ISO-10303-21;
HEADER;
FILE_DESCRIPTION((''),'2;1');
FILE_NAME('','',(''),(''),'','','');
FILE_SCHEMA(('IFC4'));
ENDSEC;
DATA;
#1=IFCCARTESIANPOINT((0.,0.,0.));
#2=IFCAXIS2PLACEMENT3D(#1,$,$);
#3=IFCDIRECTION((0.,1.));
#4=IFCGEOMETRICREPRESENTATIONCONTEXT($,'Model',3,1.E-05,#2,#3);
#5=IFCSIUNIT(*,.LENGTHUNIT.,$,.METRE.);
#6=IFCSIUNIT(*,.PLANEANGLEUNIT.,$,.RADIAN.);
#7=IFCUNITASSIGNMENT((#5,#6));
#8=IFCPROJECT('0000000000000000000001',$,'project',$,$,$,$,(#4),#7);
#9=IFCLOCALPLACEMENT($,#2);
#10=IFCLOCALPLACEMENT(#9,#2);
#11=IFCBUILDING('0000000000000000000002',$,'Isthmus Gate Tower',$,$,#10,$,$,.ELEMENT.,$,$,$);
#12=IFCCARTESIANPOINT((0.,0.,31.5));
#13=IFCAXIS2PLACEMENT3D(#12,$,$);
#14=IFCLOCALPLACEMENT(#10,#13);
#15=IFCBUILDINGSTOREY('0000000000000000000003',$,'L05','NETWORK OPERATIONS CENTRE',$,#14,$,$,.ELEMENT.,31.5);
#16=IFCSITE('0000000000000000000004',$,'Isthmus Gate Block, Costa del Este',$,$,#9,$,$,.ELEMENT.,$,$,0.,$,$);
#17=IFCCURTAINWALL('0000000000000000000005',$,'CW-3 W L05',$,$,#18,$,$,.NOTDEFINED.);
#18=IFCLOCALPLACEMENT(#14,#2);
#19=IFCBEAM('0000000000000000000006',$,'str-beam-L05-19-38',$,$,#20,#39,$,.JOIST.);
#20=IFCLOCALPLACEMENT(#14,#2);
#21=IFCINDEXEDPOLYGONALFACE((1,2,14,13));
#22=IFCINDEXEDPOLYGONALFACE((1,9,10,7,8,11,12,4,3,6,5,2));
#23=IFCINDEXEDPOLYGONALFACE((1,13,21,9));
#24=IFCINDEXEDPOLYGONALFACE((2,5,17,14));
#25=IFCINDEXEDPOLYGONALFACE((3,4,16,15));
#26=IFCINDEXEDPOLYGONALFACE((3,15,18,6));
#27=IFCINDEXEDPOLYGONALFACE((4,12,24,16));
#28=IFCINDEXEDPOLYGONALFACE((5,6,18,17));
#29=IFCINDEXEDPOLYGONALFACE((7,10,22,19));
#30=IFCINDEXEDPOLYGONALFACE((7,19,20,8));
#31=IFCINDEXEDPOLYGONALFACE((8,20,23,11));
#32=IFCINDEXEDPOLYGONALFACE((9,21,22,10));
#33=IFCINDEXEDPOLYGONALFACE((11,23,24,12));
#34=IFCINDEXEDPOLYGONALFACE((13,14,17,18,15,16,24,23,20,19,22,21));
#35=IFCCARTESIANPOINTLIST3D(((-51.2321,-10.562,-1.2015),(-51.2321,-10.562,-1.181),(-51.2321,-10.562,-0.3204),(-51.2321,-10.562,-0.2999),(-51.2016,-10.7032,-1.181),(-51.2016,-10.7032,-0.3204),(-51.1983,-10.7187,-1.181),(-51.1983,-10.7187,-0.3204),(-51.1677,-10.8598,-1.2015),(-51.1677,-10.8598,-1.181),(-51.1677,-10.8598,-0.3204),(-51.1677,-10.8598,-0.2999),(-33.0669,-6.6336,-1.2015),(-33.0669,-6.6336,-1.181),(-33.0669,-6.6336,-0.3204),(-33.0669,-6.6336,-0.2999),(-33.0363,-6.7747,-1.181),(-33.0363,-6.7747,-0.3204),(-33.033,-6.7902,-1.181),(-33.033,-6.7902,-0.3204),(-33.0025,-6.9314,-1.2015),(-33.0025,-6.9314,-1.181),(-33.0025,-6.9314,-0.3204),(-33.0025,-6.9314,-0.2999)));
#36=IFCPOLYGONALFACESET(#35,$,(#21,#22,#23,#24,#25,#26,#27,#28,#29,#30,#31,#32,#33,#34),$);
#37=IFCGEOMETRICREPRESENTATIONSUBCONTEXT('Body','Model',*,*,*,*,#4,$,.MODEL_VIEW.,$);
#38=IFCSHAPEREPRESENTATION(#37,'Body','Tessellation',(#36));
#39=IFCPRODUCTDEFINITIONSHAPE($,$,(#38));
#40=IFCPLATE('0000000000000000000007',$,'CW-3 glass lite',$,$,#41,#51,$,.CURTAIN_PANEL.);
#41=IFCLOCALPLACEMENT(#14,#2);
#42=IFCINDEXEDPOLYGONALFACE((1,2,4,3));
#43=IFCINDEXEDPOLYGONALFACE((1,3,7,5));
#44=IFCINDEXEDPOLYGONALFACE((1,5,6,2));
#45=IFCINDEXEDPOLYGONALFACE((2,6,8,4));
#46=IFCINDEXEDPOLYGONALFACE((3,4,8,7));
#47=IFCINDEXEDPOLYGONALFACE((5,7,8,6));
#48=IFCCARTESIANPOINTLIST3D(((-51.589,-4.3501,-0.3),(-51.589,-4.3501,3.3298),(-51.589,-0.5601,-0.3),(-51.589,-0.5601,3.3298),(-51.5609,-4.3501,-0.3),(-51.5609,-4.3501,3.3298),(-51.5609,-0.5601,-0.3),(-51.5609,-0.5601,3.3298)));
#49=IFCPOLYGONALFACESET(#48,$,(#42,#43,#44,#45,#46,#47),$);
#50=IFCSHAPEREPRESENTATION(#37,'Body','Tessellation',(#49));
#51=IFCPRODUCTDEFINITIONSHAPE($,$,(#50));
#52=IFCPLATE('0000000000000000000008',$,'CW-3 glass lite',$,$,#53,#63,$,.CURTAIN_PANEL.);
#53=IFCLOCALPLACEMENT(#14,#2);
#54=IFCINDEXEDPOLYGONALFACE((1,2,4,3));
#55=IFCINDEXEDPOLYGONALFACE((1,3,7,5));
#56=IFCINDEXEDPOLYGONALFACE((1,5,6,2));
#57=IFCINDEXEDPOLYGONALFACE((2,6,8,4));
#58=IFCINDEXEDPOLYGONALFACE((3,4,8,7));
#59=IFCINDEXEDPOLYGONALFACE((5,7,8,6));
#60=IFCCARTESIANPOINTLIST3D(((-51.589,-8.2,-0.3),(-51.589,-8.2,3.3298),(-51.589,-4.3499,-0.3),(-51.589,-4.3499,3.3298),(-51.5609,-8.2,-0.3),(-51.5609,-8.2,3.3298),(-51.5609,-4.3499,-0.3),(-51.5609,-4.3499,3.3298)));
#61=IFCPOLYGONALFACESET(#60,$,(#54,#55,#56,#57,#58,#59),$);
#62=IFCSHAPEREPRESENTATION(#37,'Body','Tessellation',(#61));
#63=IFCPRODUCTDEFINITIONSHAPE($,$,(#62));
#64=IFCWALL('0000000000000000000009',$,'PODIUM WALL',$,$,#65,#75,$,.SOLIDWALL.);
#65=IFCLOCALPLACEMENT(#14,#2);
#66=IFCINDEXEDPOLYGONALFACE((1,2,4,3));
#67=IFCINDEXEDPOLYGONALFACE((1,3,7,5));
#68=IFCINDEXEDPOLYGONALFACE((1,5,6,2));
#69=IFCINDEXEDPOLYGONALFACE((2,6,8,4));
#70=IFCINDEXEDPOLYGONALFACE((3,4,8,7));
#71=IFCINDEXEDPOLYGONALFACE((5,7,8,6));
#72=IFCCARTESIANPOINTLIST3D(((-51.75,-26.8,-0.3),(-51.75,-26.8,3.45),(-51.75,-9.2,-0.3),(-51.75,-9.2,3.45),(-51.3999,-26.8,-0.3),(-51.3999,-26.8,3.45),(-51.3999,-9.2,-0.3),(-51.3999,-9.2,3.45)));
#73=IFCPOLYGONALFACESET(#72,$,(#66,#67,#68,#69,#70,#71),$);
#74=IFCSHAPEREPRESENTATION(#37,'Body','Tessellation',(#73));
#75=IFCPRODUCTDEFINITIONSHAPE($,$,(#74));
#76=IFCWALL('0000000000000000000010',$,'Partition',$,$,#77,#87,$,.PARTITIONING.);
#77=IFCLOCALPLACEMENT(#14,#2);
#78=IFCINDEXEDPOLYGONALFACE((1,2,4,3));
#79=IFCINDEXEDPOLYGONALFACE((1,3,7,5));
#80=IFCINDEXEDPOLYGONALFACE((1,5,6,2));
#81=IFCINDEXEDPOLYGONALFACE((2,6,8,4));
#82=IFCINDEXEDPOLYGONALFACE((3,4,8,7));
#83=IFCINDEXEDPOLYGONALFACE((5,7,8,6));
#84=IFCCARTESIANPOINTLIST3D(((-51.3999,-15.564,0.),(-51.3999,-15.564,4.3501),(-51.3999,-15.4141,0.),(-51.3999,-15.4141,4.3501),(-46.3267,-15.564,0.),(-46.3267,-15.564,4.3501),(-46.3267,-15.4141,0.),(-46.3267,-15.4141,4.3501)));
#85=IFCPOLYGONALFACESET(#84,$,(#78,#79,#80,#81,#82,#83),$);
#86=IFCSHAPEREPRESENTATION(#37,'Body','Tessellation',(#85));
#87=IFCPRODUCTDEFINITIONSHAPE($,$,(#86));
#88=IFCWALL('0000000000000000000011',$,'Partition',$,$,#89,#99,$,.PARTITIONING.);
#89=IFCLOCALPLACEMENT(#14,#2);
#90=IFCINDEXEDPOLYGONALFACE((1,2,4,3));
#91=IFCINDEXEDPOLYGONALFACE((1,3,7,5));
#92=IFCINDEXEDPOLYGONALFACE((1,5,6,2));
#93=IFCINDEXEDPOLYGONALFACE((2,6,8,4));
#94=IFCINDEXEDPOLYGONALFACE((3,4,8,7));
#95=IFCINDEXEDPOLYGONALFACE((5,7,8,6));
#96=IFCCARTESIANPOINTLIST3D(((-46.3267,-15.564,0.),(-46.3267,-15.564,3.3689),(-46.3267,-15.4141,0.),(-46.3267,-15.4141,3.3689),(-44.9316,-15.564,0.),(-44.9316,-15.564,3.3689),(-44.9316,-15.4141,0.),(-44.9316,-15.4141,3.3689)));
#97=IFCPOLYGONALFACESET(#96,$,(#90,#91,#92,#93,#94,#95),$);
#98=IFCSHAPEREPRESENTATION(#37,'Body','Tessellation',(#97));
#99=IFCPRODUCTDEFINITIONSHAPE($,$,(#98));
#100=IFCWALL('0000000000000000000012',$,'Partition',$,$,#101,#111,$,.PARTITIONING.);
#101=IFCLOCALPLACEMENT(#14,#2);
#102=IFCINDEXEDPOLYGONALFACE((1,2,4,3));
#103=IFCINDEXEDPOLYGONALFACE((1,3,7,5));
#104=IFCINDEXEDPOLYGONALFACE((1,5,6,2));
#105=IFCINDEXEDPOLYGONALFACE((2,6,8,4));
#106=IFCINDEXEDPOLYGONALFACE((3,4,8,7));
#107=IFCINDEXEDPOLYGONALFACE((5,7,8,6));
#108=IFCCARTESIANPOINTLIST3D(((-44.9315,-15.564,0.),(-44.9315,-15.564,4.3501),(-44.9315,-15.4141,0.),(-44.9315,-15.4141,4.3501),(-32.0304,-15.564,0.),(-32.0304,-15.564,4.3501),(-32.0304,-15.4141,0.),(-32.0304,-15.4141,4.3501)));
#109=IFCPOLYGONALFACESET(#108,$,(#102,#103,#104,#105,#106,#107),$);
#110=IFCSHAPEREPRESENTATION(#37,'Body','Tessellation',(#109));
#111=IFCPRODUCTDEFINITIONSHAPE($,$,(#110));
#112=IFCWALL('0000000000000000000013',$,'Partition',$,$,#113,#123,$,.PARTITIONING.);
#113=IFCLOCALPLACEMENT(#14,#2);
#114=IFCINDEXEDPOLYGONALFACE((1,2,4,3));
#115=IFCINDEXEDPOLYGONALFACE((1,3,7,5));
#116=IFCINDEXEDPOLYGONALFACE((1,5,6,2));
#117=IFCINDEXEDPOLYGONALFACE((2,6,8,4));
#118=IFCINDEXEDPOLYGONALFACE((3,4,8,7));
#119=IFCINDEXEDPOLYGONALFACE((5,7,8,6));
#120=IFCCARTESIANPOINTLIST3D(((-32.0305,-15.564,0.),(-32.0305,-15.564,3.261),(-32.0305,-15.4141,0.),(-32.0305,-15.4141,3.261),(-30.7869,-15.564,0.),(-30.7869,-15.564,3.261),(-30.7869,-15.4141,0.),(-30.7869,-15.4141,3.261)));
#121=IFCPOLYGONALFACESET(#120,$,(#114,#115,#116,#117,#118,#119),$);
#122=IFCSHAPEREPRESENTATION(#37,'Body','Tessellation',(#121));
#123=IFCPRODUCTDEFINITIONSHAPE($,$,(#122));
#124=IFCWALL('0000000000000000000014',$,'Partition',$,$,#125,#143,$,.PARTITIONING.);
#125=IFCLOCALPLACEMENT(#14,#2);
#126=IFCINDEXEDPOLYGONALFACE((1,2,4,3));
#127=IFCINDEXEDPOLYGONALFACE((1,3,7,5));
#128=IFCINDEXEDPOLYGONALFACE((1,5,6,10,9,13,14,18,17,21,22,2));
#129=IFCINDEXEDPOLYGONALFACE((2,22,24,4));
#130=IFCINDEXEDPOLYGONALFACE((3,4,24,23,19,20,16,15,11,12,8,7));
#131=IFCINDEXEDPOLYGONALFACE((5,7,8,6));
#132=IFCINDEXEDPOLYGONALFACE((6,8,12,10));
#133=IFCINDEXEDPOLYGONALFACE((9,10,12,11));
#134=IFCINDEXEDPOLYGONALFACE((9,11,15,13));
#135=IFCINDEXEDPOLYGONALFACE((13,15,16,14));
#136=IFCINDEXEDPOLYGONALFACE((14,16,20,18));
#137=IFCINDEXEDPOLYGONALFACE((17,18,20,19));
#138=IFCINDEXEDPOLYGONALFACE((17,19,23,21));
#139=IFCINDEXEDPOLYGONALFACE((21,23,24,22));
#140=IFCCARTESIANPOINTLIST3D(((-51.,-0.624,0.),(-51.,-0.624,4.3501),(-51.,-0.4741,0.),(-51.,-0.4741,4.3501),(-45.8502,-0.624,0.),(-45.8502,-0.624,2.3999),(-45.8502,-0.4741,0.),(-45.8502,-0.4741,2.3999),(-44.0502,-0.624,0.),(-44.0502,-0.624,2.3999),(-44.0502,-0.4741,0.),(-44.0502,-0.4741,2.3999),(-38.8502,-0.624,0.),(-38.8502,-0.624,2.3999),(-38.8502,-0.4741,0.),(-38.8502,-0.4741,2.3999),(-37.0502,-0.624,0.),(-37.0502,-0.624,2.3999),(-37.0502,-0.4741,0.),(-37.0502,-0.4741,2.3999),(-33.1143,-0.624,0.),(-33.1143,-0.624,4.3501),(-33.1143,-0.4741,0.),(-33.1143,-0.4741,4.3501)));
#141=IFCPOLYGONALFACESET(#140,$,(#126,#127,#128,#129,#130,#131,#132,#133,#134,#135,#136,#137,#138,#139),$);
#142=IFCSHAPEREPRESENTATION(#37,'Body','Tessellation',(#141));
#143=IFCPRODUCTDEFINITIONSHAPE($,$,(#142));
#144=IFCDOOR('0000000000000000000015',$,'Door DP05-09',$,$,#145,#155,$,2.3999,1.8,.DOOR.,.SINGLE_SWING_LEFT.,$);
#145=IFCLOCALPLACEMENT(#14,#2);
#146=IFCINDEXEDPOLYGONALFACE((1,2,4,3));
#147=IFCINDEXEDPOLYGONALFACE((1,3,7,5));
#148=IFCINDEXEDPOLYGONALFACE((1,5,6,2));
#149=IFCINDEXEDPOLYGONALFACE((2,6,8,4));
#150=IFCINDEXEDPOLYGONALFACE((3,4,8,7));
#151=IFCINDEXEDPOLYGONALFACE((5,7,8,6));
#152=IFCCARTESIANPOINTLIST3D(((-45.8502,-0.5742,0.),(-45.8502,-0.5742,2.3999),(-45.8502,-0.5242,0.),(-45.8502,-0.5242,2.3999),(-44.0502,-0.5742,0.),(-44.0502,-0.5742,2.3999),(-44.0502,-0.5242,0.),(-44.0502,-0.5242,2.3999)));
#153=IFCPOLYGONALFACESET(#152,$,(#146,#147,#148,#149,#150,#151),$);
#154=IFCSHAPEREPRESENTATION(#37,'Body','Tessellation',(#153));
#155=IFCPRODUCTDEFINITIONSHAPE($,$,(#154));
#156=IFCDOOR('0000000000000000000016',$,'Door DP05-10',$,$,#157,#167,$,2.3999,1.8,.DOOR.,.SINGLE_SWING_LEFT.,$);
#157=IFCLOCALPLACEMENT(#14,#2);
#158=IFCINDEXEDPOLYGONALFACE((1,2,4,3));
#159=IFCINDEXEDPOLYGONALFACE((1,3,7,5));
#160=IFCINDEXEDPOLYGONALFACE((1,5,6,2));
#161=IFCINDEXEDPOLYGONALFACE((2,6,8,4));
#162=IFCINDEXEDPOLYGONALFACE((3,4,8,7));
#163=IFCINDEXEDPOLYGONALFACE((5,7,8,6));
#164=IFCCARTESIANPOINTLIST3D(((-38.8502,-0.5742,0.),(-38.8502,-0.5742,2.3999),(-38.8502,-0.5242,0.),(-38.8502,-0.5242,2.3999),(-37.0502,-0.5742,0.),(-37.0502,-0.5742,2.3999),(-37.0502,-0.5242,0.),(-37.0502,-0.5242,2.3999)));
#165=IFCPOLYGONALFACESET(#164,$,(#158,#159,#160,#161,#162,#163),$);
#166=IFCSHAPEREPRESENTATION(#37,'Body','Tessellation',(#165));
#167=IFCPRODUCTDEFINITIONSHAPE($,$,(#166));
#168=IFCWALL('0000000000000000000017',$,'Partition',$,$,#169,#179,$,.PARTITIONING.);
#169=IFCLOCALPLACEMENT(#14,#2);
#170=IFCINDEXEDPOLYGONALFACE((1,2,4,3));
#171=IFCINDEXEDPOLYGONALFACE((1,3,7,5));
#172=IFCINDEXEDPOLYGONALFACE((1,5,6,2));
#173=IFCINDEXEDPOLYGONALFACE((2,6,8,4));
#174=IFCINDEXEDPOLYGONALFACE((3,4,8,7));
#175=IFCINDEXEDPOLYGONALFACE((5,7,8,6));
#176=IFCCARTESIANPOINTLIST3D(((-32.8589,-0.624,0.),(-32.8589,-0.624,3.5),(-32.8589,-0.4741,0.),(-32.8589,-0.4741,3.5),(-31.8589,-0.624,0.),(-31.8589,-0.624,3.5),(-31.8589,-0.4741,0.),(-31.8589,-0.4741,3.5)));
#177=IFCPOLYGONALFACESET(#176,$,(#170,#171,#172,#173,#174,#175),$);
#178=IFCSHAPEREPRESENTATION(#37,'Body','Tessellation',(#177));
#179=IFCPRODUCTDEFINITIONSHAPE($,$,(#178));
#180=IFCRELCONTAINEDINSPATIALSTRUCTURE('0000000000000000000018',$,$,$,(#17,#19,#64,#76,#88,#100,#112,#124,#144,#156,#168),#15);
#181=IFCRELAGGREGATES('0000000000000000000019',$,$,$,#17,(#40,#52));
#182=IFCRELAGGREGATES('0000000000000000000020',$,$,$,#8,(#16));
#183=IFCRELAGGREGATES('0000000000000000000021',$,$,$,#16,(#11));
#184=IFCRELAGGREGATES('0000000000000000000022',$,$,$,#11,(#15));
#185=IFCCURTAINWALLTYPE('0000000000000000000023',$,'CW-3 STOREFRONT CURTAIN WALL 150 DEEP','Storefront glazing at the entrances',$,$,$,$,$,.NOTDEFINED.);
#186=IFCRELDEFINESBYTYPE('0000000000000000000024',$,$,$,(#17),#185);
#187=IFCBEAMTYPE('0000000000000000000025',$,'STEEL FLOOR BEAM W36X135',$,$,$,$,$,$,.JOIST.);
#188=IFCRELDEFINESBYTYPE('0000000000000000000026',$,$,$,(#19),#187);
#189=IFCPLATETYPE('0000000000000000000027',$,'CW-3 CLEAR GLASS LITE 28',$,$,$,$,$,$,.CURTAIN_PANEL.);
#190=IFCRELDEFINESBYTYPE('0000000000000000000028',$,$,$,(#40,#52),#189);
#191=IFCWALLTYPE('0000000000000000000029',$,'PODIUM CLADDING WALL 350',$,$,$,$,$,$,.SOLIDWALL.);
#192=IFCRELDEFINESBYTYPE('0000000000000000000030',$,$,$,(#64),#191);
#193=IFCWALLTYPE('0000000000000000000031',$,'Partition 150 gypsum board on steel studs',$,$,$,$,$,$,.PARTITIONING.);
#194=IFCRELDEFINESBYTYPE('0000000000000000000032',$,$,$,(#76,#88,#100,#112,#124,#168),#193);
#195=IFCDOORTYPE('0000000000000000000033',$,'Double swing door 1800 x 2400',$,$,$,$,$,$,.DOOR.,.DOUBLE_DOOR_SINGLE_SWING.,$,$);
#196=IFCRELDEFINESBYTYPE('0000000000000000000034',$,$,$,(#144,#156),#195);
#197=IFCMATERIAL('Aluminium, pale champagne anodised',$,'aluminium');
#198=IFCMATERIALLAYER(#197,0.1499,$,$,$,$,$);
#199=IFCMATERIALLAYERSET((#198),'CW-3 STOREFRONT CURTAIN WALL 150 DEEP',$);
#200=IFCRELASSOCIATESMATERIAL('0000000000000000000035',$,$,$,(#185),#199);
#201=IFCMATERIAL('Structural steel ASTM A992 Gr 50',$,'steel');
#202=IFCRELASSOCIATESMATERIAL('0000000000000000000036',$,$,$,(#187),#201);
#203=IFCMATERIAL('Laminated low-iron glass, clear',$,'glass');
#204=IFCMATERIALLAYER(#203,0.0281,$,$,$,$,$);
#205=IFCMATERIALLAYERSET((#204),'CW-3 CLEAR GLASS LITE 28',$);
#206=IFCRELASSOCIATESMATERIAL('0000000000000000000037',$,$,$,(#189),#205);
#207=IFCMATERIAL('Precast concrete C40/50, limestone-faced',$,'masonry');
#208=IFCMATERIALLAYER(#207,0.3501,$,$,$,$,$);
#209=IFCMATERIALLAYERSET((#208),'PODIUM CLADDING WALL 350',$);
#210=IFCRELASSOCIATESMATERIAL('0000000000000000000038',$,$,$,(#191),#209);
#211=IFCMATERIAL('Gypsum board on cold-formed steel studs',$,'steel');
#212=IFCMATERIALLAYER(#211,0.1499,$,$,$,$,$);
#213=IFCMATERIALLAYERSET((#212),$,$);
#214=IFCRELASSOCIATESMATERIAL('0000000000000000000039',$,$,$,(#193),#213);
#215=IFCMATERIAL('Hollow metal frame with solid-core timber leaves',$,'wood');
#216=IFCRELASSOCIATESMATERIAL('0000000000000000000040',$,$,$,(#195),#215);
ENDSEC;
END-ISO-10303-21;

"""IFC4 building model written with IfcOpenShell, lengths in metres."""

from ifc_helpers import new_model, si_unit, direction, frame, frame_2d, origin, origin_2d, place, context, subcontext, project, spatial, rectangle, i_section, extrude, material, layer, layer_set, material_profile, profile_set, type_object, element, fill, aggregate, save


model = new_model("IFC4")

# Units and contexts
model_context = context("Model", 3, precision=1e-05, world=origin(), true_north=direction((0.0, 1.0)))
body_context = subcontext(model_context, "Body", "Model", "MODEL_VIEW")
ifc_project = project(units=[si_unit("LENGTHUNIT", "METRE"), si_unit("PLANEANGLEUNIT", "RADIAN")], contexts=[model_context])

# Site, building, storey
site_placement = place(None, origin())
site = spatial("IfcSite", under=ifc_project, at=site_placement, Name="Isthmus Gate Block, Costa del Este", CompositionType="ELEMENT", RefElevation=0.0)
building_placement = place(site_placement, origin())
building = spatial("IfcBuilding", under=site, at=building_placement, Name="Isthmus Gate Tower", CompositionType="ELEMENT")
storey_placement = place(building_placement, frame((0.0, 0.0, 31.5)))
storey = spatial("IfcBuildingStorey", under=building, at=storey_placement, Name="L05", Description="NETWORK OPERATIONS CENTRE", CompositionType="ELEMENT", Elevation=31.5)

# Curtain wall
ifc_material_1 = material(Name="Aluminium, pale champagne anodised", Category="aluminium")
ifc_layer_1 = layer(ifc_material_1, 0.1499)
ifc_layer_set_1 = layer_set([ifc_layer_1], Name="CW-3 STOREFRONT CURTAIN WALL 150 DEEP")
curtain_wall_type = type_object("IfcCurtainWallType", Name="CW-3 STOREFRONT CURTAIN WALL 150 DEEP", Description="Storefront glazing at the entrances", PredefinedType="NOTDEFINED", material=ifc_layer_set_1)
curtain_wall_placement = place(storey_placement, origin())
curtain_wall = element("IfcCurtainWall", 1, at=curtain_wall_placement, inside=storey, type_object=curtain_wall_type, Name="CW-3 W L05", PredefinedType="NOTDEFINED")

# Beam
ifc_material_2 = material(Name="Structural steel ASTM A992 Gr 50", Category="steel")
ifc_material_profile_1 = material_profile(ifc_material_2, i_section(OverallWidth=0.3047, OverallDepth=0.9016, WebThickness=0.0159, FlangeThickness=0.0205, at=origin_2d()), Name="W36X135")
ifc_profile_set_1 = profile_set([ifc_material_profile_1], Name="Structural steel ASTM A992 Gr 50")
beam_type_1 = type_object("IfcBeamType", Name="STEEL FLOOR BEAM W36X135", PredefinedType="JOIST", material=ifc_profile_set_1)
beam_1_placement = place(storey_placement, frame((-33.0347, -6.7825, -0.7507), z_axis=(-0.977405, -0.211376, 0.0), x_axis=(0.211376, -0.977405, 0.0)))
element("IfcBeam", 2, at=beam_1_placement, inside=storey, type_object=beam_type_1, Name="str-beam-L05-19-38", PredefinedType="JOIST", context=body_context, shape_type="SweptSolid", body=[
    extrude(i_section(OverallWidth=0.3047, OverallDepth=0.9016, WebThickness=0.0159, FlangeThickness=0.0205, at=origin_2d()), origin(), (0.0, 0.0, 1.0), 18.5852),
])

# Plates
ifc_material_3 = material(Name="Laminated low-iron glass, clear", Category="glass")
ifc_layer_2 = layer(ifc_material_3, 0.0281)
ifc_layer_set_2 = layer_set([ifc_layer_2], Name="CW-3 CLEAR GLASS LITE 28")
plate_type = type_object("IfcPlateType", Name="CW-3 CLEAR GLASS LITE 28", PredefinedType="CURTAIN_PANEL", material=ifc_layer_set_2)
plate_1_placement = place(storey_placement, frame((-51.575, -2.4551, -0.3), z_axis=(0.0, 0.0, 1.0), x_axis=(0.0, -1.0, 0.0)))
plate_1 = element("IfcPlate", 3, at=plate_1_placement, type_object=plate_type, Name="CW-3 glass lite", PredefinedType="CURTAIN_PANEL", context=body_context, shape_type="SweptSolid", body=[
    extrude(rectangle(XDim=3.79, YDim=0.0281, at=origin_2d()), origin(), (0.0, 0.0, 1.0), 3.6299),
])
plate_2_placement = place(storey_placement, frame((-51.575, -6.2749, -0.3), z_axis=(0.0, 0.0, 1.0), x_axis=(0.0, -1.0, 0.0)))
plate_2 = element("IfcPlate", 4, at=plate_2_placement, type_object=plate_type, Name="CW-3 glass lite", PredefinedType="CURTAIN_PANEL", context=body_context, shape_type="SweptSolid", body=[
    extrude(rectangle(XDim=3.8501, YDim=0.0281, at=origin_2d()), origin(), (0.0, 0.0, 1.0), 3.6299),
])
aggregate(curtain_wall, [plate_1, plate_2])

# Walls
ifc_material_4 = material(Name="Precast concrete C40/50, limestone-faced", Category="masonry")
ifc_layer_3 = layer(ifc_material_4, 0.3501)
ifc_layer_set_3 = layer_set([ifc_layer_3], Name="PODIUM CLADDING WALL 350")
wall_type_1 = type_object("IfcWallType", Name="PODIUM CLADDING WALL 350", PredefinedType="SOLIDWALL", material=ifc_layer_set_3)
wall_1_placement = place(storey_placement, frame((-51.575, -9.2, -0.3), z_axis=(0.0, 0.0, 1.0), x_axis=(0.0, -1.0, 0.0)))
element("IfcWall", 5, at=wall_1_placement, inside=storey, type_object=wall_type_1, Name="PODIUM WALL", PredefinedType="SOLIDWALL", context=body_context, shape_type="SweptSolid", body=[
    extrude(rectangle(XDim=17.6001, YDim=0.3501, at=frame_2d((8.8, 0.0))), origin(), (0.0, 0.0, 1.0), 3.75),
])
ifc_material_5 = material(Name="Gypsum board on cold-formed steel studs", Category="steel")
ifc_layer_4 = layer(ifc_material_5, 0.1499)
ifc_layer_set_4 = layer_set([ifc_layer_4])
wall_type_2 = type_object("IfcWallType", Name="Partition 150 gypsum board on steel studs", PredefinedType="PARTITIONING", material=ifc_layer_set_4)
wall_2_placement = place(storey_placement, frame((-51.3999, -15.489, 0.0), z_axis=(0.0, 0.0, 1.0), x_axis=(1.0, 0.0, 0.0)))
element("IfcWall", 6, at=wall_2_placement, inside=storey, type_object=wall_type_2, Name="Partition", PredefinedType="PARTITIONING", context=body_context, shape_type="SweptSolid", body=[
    extrude(rectangle(XDim=5.0732, YDim=0.1499, at=frame_2d((2.5366, 0.0))), origin(), (0.0, 0.0, 1.0), 4.3501),
])
wall_3_placement = place(storey_placement, frame((-46.3267, -15.489, 0.0), z_axis=(0.0, 0.0, 1.0), x_axis=(1.0, 0.0, 0.0)))
element("IfcWall", 7, at=wall_3_placement, inside=storey, type_object=wall_type_2, Name="Partition", PredefinedType="PARTITIONING", context=body_context, shape_type="SweptSolid", body=[
    extrude(rectangle(XDim=1.395, YDim=0.1499, at=frame_2d((0.6975, 0.0))), origin(), (0.0, 0.0, 1.0), 3.3689),
])
wall_4_placement = place(storey_placement, frame((-44.9316, -15.489, 0.0), z_axis=(0.0, 0.0, 1.0), x_axis=(1.0, 0.0, 0.0)))
element("IfcWall", 8, at=wall_4_placement, inside=storey, type_object=wall_type_2, Name="Partition", PredefinedType="PARTITIONING", context=body_context, shape_type="SweptSolid", body=[
    extrude(rectangle(XDim=12.9011, YDim=0.1499, at=frame_2d((6.4507, 0.0))), origin(), (0.0, 0.0, 1.0), 4.3501),
])
wall_5_placement = place(storey_placement, frame((-32.0305, -15.489, 0.0), z_axis=(0.0, 0.0, 1.0), x_axis=(1.0, 0.0, 0.0)))
element("IfcWall", 9, at=wall_5_placement, inside=storey, type_object=wall_type_2, Name="Partition", PredefinedType="PARTITIONING", context=body_context, shape_type="SweptSolid", body=[
    extrude(rectangle(XDim=1.2437, YDim=0.1499, at=frame_2d((0.6218, 0.0))), origin(), (0.0, 0.0, 1.0), 3.261),
])

# Wall, openings, doors
wall_6_placement = place(storey_placement, frame((-51.0, -0.5491, 0.0), z_axis=(0.0, 0.0, 1.0), x_axis=(1.0, 0.0, 0.0)))
wall_6 = element("IfcWall", 10, at=wall_6_placement, inside=storey, type_object=wall_type_2, Name="Partition", PredefinedType="PARTITIONING", context=body_context, shape_type="SweptSolid", body=[
    extrude(rectangle(XDim=17.8857, YDim=0.1499, at=frame_2d((8.9429, 0.0))), origin(), (0.0, 0.0, 1.0), 4.3501),
])
opening_1_placement = place(wall_6_placement, frame((5.1499, 0.0, 0.0)))
opening_1 = element("IfcOpeningElement", 11, at=opening_1_placement, cuts=wall_6, PredefinedType="OPENING", context=body_context, shape_type="SweptSolid", body=[
    extrude(rectangle(XDim=1.8, YDim=2.3999, at=frame_2d((0.8999, 1.2))), frame((0.0, 0.085, 0.0), z_axis=(0.0, -1.0, 0.0), x_axis=(1.0, 0.0, 0.0)), (0.0, 0.0, 1.0), 0.1699),
])
opening_2_placement = place(wall_6_placement, frame((12.1499, 0.0, 0.0)))
opening_2 = element("IfcOpeningElement", 12, at=opening_2_placement, cuts=wall_6, PredefinedType="OPENING", context=body_context, shape_type="SweptSolid", body=[
    extrude(rectangle(XDim=1.8, YDim=2.3999, at=frame_2d((0.8999, 1.2))), frame((0.0, 0.085, 0.0), z_axis=(0.0, -1.0, 0.0), x_axis=(1.0, 0.0, 0.0)), (0.0, 0.0, 1.0), 0.1699),
])
ifc_material_6 = material(Name="Hollow metal frame with solid-core timber leaves", Category="wood")
door_type = type_object("IfcDoorType", Name="Double swing door 1800 x 2400", OperationType="DOUBLE_DOOR_SINGLE_SWING", PredefinedType="DOOR", material=ifc_material_6)
door_1_placement = place(opening_1_placement, origin())
door_1 = element("IfcDoor", 13, at=door_1_placement, inside=storey, type_object=door_type, Name="Door DP05-09", OperationType="SINGLE_SWING_LEFT", OverallHeight=2.3999, OverallWidth=1.8, PredefinedType="DOOR", context=body_context, shape_type="SweptSolid", body=[
    extrude(rectangle(XDim=1.8, YDim=2.3999, at=frame_2d((0.8999, 1.2))), frame((0.0, 0.0249, 0.0), z_axis=(0.0, -1.0, 0.0), x_axis=(1.0, 0.0, 0.0)), (0.0, 0.0, 1.0), 0.05),
])
fill(opening_1, door_1)
door_2_placement = place(opening_2_placement, origin())
door_2 = element("IfcDoor", 14, at=door_2_placement, inside=storey, type_object=door_type, Name="Door DP05-10", OperationType="SINGLE_SWING_LEFT", OverallHeight=2.3999, OverallWidth=1.8, PredefinedType="DOOR", context=body_context, shape_type="SweptSolid", body=[
    extrude(rectangle(XDim=1.8, YDim=2.3999, at=frame_2d((0.8999, 1.2))), frame((0.0, 0.0249, 0.0), z_axis=(0.0, -1.0, 0.0), x_axis=(1.0, 0.0, 0.0)), (0.0, 0.0, 1.0), 0.05),
])
fill(opening_2, door_2)

# Wall
wall_7_placement = place(storey_placement, frame((-32.8589, -0.5491, 0.0), z_axis=(0.0, 0.0, 1.0), x_axis=(1.0, 0.0, 0.0)))
element("IfcWall", 15, at=wall_7_placement, inside=storey, type_object=wall_type_2, Name="Partition", PredefinedType="PARTITIONING", context=body_context, shape_type="SweptSolid", body=[
    extrude(rectangle(XDim=1.0, YDim=0.1499, at=frame_2d((0.5, 0.0))), origin(), (0.0, 0.0, 1.0), 3.5),
])

save(model, "model.ifc")
